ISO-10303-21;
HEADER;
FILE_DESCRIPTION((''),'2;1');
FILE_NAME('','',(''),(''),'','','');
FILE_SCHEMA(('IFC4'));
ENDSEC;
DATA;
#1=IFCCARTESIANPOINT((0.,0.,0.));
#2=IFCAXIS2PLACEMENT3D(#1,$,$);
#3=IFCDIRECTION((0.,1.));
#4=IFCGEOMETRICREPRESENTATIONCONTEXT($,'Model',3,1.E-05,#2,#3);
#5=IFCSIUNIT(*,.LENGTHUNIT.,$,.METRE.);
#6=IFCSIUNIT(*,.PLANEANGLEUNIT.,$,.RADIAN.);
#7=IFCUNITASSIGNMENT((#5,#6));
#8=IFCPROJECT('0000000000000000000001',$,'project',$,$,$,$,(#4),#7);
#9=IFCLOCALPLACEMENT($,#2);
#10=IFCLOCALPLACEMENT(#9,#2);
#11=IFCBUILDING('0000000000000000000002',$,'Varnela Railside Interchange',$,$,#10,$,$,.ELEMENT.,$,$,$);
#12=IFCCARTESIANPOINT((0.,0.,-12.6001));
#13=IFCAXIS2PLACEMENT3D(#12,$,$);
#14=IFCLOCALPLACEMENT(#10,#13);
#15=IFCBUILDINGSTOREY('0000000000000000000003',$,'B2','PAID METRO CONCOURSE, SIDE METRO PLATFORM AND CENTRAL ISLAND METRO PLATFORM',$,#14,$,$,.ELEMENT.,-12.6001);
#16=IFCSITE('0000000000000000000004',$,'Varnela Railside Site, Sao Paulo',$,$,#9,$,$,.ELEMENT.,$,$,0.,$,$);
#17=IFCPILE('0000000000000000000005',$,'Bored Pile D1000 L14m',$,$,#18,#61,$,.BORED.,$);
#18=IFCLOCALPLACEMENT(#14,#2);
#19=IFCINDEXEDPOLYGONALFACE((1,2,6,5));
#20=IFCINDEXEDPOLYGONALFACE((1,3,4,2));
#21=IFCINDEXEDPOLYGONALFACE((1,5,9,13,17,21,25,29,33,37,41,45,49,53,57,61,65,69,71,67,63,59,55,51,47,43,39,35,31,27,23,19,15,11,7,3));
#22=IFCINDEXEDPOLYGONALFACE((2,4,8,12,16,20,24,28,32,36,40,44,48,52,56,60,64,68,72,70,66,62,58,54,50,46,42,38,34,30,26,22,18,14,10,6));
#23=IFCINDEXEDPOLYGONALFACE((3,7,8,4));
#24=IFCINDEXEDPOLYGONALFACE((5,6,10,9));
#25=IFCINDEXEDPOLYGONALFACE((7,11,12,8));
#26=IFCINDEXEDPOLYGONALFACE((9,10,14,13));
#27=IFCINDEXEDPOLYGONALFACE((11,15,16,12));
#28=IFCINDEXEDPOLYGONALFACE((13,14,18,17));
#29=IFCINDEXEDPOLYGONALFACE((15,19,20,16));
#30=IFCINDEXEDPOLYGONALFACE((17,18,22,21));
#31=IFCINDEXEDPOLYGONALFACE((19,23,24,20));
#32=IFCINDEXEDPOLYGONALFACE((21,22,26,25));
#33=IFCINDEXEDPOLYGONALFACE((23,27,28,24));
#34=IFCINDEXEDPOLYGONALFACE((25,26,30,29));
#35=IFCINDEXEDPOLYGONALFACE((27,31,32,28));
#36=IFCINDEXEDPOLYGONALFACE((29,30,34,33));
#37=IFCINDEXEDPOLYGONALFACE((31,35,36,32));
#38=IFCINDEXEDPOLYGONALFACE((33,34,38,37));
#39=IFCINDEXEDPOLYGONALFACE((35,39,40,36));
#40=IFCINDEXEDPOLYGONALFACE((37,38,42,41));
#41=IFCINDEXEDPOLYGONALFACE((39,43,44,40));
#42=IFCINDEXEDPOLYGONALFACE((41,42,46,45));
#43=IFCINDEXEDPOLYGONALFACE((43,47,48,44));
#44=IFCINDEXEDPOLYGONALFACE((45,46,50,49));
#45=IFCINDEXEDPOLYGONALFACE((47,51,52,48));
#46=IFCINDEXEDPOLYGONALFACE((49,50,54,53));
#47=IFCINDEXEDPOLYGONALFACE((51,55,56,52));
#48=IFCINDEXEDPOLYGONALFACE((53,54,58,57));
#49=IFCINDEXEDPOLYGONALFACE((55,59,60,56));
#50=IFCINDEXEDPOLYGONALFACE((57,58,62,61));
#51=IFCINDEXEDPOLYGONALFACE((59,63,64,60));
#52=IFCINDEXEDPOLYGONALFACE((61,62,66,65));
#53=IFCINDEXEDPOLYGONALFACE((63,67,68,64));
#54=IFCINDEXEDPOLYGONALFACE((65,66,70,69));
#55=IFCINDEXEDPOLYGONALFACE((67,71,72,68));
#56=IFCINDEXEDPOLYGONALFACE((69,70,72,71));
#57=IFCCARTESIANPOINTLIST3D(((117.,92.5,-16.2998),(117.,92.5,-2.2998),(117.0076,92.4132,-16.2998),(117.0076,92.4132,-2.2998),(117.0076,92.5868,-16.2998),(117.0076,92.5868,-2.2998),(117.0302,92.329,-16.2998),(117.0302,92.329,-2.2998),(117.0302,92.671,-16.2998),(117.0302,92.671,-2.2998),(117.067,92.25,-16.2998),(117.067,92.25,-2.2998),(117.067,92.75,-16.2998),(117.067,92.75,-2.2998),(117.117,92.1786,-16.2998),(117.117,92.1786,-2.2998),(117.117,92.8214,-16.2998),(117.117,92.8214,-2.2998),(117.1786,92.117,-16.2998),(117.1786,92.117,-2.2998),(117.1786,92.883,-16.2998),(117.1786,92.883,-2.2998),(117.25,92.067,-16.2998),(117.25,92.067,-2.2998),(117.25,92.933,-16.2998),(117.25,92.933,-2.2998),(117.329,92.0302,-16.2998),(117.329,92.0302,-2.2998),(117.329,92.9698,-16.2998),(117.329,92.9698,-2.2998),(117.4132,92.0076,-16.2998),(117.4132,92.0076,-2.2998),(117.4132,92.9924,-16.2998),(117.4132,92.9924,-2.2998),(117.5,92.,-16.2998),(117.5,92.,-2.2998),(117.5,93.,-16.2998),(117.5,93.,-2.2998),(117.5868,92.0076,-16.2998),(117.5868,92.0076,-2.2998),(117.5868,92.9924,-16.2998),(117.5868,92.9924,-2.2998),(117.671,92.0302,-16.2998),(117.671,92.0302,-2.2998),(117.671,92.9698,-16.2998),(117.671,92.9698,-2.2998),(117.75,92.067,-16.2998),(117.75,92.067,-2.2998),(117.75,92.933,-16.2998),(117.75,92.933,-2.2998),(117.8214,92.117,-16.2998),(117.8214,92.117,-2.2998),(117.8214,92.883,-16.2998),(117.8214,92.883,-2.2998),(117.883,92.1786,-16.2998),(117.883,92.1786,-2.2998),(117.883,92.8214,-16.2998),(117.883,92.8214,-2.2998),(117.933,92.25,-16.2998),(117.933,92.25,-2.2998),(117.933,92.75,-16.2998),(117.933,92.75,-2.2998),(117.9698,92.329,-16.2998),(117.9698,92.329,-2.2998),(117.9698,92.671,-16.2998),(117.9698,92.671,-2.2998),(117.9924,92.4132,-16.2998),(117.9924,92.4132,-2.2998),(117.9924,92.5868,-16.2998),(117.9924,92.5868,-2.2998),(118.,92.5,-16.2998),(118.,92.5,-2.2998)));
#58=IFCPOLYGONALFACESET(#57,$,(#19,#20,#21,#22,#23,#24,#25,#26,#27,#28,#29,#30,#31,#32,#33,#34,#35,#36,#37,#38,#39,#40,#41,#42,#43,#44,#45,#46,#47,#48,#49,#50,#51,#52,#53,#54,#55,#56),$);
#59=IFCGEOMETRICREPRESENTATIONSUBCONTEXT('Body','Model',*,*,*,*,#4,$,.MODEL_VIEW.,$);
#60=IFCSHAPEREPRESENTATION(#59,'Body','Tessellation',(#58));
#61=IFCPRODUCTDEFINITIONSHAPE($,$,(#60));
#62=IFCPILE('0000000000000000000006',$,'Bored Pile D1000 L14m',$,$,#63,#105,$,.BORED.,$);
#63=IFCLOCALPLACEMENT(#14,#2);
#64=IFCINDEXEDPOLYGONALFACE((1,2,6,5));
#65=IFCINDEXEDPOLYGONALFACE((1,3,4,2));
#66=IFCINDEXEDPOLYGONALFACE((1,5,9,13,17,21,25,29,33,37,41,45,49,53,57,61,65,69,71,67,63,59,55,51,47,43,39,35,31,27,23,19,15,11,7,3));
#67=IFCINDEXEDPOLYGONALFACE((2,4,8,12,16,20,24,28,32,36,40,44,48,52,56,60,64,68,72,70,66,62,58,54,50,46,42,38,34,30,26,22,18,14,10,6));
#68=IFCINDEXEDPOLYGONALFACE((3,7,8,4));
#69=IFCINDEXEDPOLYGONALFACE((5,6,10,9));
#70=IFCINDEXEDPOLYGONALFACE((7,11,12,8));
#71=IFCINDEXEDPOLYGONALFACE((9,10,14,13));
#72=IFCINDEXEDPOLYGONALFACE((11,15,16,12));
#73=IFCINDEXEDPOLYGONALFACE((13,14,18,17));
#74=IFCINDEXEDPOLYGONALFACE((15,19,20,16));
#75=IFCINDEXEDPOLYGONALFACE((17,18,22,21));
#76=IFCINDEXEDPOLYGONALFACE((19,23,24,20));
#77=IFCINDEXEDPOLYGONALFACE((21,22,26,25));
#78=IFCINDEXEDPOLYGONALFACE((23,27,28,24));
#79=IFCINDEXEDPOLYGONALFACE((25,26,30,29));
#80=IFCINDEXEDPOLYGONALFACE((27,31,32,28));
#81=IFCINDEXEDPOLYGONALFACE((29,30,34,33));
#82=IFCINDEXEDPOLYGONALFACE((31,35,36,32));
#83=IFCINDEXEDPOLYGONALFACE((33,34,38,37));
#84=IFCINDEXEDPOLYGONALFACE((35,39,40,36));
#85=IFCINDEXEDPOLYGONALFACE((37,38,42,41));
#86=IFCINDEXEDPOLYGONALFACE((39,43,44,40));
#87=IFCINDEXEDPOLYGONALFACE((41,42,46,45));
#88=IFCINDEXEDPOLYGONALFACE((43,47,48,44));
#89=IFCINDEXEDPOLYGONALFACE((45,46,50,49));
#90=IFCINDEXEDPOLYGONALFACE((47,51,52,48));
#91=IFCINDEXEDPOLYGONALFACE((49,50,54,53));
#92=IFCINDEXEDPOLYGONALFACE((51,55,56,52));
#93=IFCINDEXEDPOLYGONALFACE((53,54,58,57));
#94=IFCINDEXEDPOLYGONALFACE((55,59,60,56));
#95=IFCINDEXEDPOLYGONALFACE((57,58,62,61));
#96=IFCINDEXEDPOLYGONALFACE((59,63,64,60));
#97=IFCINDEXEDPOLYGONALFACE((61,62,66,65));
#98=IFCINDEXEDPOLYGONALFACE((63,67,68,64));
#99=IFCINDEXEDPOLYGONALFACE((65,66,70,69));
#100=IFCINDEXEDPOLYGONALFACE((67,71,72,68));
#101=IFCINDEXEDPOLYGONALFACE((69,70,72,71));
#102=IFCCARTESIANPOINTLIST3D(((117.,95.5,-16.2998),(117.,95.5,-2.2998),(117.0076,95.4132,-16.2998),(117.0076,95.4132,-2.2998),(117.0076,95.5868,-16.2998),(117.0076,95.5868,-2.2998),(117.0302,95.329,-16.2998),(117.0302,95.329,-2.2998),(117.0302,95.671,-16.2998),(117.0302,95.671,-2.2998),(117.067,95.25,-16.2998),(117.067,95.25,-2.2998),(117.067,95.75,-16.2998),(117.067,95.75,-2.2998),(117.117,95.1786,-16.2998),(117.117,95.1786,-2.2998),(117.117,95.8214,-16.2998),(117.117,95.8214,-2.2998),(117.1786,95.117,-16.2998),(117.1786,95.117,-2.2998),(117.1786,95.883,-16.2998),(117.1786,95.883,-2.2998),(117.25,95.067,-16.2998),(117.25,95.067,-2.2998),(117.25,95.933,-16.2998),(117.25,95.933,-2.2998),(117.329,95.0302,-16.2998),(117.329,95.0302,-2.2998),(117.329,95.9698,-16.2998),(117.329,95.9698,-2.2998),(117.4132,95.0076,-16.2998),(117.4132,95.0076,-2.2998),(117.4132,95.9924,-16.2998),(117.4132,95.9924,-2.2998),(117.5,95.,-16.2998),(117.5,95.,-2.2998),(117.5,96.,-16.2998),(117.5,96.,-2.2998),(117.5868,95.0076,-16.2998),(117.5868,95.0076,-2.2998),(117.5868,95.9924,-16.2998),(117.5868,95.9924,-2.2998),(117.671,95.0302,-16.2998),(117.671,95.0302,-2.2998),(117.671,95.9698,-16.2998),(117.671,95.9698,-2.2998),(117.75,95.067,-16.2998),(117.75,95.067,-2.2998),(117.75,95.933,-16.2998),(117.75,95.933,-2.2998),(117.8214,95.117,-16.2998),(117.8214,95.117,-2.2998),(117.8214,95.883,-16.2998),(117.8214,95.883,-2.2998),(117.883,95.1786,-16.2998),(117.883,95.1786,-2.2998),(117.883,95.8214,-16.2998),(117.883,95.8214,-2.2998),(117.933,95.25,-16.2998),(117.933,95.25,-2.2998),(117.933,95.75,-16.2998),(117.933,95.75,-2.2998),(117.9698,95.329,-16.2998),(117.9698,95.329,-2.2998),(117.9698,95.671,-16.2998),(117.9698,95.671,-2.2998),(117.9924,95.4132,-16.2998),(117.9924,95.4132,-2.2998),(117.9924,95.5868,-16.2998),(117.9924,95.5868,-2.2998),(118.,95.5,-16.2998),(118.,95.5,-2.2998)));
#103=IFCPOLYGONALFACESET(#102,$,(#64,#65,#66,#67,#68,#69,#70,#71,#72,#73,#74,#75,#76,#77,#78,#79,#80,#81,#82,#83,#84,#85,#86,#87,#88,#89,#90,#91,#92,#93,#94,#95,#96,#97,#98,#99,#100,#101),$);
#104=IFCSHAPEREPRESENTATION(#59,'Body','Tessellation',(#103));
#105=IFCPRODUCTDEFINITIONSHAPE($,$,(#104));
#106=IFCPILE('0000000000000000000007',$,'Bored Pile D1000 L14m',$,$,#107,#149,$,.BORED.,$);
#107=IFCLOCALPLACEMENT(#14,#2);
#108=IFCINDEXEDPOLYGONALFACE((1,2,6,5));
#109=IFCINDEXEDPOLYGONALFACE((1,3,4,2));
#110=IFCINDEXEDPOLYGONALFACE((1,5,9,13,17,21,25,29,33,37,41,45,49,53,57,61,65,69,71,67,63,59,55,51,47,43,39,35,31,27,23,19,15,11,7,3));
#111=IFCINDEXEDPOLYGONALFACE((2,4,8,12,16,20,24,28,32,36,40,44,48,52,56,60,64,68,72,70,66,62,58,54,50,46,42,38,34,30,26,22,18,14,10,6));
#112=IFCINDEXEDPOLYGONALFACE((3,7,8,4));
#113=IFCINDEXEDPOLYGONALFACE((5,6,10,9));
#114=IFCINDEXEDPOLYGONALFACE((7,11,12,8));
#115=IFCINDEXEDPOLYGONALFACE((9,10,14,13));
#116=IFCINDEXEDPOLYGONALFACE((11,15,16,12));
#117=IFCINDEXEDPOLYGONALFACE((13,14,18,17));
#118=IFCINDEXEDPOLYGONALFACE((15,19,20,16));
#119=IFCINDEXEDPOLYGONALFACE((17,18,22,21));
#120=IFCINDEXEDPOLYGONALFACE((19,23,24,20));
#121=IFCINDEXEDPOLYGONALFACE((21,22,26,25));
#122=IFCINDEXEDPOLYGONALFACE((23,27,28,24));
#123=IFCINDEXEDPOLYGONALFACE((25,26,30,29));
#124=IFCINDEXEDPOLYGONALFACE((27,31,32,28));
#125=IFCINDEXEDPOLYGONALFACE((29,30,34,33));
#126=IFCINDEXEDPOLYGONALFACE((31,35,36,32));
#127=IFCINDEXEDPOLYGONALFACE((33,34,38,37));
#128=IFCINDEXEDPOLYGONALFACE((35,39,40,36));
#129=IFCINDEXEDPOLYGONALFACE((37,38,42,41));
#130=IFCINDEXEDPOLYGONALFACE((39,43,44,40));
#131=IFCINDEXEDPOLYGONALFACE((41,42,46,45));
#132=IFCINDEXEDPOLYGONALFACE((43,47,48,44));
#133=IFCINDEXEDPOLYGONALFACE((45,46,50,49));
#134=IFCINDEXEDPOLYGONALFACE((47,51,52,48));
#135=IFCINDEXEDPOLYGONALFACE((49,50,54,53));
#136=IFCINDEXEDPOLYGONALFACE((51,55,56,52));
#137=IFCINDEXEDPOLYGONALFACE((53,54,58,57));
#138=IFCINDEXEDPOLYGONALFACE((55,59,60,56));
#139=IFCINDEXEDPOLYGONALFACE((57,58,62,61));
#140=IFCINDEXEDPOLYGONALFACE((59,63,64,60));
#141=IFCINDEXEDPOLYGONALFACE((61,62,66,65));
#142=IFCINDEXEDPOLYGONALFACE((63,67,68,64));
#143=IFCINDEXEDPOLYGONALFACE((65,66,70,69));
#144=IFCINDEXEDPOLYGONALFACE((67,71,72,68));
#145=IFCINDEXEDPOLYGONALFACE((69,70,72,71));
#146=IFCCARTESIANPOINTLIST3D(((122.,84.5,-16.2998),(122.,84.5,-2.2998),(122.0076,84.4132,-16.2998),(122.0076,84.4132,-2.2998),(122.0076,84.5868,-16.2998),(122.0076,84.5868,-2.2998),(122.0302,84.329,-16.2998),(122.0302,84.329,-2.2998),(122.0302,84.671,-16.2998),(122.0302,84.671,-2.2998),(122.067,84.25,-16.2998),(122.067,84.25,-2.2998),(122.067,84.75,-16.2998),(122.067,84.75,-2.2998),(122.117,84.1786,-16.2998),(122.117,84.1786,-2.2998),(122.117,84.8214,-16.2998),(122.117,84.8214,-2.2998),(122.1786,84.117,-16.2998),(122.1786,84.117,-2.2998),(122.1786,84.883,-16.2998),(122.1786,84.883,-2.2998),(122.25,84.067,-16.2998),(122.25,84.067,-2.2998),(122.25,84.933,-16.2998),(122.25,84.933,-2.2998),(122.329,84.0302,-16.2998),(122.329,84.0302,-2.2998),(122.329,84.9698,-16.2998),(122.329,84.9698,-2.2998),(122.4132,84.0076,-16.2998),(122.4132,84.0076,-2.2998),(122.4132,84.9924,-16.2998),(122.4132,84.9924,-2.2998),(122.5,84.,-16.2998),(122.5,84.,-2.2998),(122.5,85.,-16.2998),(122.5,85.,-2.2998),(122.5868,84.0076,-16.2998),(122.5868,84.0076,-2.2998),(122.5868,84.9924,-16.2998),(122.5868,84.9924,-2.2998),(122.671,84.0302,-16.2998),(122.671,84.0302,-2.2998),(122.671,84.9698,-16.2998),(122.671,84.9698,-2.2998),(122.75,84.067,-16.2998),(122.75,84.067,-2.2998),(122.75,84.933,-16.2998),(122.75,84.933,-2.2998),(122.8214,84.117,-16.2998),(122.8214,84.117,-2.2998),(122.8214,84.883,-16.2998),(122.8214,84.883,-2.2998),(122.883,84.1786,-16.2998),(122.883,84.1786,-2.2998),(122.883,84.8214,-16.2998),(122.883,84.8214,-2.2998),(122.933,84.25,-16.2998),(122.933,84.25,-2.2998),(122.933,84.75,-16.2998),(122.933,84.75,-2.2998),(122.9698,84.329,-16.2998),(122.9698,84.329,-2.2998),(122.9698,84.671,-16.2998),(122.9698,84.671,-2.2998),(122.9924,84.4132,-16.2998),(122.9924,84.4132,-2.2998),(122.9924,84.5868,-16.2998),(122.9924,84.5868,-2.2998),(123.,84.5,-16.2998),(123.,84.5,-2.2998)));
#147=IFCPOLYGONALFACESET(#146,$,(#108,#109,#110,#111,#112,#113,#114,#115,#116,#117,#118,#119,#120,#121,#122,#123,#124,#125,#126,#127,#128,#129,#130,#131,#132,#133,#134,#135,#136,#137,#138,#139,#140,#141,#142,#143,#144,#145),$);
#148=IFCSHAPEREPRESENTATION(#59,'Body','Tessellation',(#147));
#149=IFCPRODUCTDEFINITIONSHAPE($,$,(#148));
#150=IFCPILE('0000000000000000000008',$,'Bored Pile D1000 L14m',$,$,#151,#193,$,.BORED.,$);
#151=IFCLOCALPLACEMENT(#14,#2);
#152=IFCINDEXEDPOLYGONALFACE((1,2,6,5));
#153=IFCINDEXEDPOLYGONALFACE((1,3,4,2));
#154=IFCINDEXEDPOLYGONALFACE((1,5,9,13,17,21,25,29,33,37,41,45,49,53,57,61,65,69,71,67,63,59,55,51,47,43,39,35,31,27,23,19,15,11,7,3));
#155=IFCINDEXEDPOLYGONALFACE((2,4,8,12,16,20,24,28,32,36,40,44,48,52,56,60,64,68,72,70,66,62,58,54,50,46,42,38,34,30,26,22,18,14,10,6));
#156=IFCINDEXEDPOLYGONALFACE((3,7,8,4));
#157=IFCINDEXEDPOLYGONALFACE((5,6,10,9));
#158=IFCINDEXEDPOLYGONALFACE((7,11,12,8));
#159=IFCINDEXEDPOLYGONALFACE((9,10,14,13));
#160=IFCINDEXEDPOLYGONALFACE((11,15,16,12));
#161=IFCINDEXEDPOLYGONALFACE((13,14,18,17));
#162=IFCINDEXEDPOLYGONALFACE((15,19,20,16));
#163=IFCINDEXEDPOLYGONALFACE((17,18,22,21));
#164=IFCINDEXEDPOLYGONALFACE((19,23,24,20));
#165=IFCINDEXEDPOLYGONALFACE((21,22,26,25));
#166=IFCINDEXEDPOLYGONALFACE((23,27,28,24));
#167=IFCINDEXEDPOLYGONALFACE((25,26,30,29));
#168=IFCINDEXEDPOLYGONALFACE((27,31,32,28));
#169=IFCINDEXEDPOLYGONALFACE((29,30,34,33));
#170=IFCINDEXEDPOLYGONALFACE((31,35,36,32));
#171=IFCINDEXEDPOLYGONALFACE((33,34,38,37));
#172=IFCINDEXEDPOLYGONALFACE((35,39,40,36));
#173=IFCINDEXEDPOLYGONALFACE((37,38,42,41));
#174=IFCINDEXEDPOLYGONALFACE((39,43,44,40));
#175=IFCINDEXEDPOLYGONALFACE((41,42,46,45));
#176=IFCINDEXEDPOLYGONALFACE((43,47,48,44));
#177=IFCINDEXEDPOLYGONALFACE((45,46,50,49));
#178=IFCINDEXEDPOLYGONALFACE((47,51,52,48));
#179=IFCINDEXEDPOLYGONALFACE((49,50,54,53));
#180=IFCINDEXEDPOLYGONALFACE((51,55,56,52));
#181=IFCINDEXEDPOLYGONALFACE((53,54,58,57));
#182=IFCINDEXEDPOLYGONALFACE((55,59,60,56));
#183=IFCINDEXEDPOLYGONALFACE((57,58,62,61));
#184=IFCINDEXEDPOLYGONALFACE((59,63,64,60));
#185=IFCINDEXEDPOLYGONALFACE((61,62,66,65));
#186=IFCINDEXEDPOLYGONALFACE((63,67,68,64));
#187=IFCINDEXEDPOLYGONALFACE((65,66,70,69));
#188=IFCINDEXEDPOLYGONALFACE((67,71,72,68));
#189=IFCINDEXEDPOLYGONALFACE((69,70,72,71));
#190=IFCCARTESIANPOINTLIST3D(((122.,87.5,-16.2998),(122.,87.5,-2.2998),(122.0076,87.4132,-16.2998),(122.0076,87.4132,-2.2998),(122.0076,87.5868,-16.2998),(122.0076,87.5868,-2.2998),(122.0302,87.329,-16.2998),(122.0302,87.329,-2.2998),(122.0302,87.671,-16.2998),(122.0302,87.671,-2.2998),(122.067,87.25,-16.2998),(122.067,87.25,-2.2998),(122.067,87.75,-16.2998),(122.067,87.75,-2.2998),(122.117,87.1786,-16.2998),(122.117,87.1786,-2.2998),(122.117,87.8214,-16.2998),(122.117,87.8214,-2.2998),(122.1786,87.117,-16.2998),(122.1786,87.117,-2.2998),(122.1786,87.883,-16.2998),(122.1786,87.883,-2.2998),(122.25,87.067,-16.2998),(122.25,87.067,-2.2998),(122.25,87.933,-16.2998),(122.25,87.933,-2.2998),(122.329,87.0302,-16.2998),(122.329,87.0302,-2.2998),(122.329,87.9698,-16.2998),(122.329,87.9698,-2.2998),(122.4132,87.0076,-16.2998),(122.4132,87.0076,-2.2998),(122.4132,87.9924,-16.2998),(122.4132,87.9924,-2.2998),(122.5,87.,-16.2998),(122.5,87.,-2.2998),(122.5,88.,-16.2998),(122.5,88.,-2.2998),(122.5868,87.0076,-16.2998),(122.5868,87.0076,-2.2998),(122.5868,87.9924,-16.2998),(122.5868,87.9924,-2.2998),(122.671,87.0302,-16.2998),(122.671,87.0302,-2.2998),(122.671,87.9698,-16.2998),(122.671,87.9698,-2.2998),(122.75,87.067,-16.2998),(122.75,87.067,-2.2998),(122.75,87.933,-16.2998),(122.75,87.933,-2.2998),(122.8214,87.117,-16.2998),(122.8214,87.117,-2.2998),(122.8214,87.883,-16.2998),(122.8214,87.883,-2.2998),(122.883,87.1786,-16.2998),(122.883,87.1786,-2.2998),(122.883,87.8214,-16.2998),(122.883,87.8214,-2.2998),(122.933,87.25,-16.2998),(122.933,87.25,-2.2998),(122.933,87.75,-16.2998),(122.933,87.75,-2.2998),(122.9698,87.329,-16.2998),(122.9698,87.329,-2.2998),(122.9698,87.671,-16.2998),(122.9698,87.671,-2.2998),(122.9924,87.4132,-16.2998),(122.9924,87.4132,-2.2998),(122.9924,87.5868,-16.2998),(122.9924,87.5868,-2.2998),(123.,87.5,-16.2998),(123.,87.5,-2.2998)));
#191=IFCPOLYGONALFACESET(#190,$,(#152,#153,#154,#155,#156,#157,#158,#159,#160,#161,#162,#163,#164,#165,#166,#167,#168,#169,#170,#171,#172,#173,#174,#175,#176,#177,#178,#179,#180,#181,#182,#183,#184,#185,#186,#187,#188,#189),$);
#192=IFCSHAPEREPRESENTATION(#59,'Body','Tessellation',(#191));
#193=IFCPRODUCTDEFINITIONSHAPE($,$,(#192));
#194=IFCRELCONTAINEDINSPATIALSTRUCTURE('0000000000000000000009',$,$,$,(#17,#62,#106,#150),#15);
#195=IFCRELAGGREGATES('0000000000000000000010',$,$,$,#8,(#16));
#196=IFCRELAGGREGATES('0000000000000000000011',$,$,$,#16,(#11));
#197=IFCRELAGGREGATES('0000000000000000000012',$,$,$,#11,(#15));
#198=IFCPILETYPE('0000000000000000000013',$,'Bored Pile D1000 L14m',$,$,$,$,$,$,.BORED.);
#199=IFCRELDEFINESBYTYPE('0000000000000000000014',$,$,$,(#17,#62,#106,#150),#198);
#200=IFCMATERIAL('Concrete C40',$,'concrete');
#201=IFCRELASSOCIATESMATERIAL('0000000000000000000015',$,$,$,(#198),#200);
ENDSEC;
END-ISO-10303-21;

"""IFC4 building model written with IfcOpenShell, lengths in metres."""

from ifc_helpers import new_model, si_unit, direction, frame, origin, origin_2d, place, context, subcontext, project, spatial, circle, extrude, material, material_profile, profile_set, type_object, element, save


model = new_model("IFC4")

# Units and contexts
model_context = context("Model", 3, precision=1e-05, world=origin(), true_north=direction((0.0, 1.0)))
body_context = subcontext(model_context, "Body", "Model", "MODEL_VIEW")
ifc_project = project(units=[si_unit("LENGTHUNIT", "METRE"), si_unit("PLANEANGLEUNIT", "RADIAN")], contexts=[model_context])

# Site, building, storey
site_placement = place(None, origin())
site = spatial("IfcSite", under=ifc_project, at=site_placement, Name="Varnela Railside Site, Sao Paulo", CompositionType="ELEMENT", RefElevation=0.0)
building_placement = place(site_placement, origin())
building = spatial("IfcBuilding", under=site, at=building_placement, Name="Varnela Railside Interchange", CompositionType="ELEMENT")
storey_placement = place(building_placement, frame((0.0, 0.0, -12.6001)))
storey = spatial("IfcBuildingStorey", under=building, at=storey_placement, Name="B2", Description="PAID METRO CONCOURSE, SIDE METRO PLATFORM AND CENTRAL ISLAND METRO PLATFORM", CompositionType="ELEMENT", Elevation=-12.6001)

# Piles
ifc_material_1 = material(Name="Concrete C40", Category="concrete")
ifc_material_profile_1 = material_profile(ifc_material_1, circle(Radius=0.5, at=origin_2d()), Name="BORED PILE D1000")
ifc_profile_set_1 = profile_set([ifc_material_profile_1], Name="Concrete C40")
pile_type_1 = type_object("IfcPileType", Name="Bored Pile D1000 L14m", PredefinedType="BORED", material=ifc_profile_set_1)
for number, where, z_axis, x_axis, name in (
    (1, (117.5, 92.5, -2.2998), (0.0, 0.0, -1.0), (1.0, 0.0, 0.0), "Bored Pile D1000 L14m"),
    (2, (117.5, 95.5, -2.2998), (0.0, 0.0, -1.0), (1.0, 0.0, 0.0), "Bored Pile D1000 L14m"),
    (3, (122.5, 84.5, -2.2998), (0.0, 0.0, -1.0), (1.0, 0.0, 0.0), "Bored Pile D1000 L14m"),
    (4, (122.5, 87.5, -2.2998), (0.0, 0.0, -1.0), (1.0, 0.0, 0.0), "Bored Pile D1000 L14m"),
):
    element("IfcPile", number, at=place(storey_placement, frame(where, z_axis=z_axis, x_axis=x_axis)), inside=storey, type_object=pile_type_1, Name=name, PredefinedType="BORED", context=body_context, shape_type="SweptSolid", body=[
        extrude(circle(Radius=0.5, at=origin_2d()), origin(), (0.0, 0.0, 1.0), 14.0),
    ])

save(model, "model.ifc")
